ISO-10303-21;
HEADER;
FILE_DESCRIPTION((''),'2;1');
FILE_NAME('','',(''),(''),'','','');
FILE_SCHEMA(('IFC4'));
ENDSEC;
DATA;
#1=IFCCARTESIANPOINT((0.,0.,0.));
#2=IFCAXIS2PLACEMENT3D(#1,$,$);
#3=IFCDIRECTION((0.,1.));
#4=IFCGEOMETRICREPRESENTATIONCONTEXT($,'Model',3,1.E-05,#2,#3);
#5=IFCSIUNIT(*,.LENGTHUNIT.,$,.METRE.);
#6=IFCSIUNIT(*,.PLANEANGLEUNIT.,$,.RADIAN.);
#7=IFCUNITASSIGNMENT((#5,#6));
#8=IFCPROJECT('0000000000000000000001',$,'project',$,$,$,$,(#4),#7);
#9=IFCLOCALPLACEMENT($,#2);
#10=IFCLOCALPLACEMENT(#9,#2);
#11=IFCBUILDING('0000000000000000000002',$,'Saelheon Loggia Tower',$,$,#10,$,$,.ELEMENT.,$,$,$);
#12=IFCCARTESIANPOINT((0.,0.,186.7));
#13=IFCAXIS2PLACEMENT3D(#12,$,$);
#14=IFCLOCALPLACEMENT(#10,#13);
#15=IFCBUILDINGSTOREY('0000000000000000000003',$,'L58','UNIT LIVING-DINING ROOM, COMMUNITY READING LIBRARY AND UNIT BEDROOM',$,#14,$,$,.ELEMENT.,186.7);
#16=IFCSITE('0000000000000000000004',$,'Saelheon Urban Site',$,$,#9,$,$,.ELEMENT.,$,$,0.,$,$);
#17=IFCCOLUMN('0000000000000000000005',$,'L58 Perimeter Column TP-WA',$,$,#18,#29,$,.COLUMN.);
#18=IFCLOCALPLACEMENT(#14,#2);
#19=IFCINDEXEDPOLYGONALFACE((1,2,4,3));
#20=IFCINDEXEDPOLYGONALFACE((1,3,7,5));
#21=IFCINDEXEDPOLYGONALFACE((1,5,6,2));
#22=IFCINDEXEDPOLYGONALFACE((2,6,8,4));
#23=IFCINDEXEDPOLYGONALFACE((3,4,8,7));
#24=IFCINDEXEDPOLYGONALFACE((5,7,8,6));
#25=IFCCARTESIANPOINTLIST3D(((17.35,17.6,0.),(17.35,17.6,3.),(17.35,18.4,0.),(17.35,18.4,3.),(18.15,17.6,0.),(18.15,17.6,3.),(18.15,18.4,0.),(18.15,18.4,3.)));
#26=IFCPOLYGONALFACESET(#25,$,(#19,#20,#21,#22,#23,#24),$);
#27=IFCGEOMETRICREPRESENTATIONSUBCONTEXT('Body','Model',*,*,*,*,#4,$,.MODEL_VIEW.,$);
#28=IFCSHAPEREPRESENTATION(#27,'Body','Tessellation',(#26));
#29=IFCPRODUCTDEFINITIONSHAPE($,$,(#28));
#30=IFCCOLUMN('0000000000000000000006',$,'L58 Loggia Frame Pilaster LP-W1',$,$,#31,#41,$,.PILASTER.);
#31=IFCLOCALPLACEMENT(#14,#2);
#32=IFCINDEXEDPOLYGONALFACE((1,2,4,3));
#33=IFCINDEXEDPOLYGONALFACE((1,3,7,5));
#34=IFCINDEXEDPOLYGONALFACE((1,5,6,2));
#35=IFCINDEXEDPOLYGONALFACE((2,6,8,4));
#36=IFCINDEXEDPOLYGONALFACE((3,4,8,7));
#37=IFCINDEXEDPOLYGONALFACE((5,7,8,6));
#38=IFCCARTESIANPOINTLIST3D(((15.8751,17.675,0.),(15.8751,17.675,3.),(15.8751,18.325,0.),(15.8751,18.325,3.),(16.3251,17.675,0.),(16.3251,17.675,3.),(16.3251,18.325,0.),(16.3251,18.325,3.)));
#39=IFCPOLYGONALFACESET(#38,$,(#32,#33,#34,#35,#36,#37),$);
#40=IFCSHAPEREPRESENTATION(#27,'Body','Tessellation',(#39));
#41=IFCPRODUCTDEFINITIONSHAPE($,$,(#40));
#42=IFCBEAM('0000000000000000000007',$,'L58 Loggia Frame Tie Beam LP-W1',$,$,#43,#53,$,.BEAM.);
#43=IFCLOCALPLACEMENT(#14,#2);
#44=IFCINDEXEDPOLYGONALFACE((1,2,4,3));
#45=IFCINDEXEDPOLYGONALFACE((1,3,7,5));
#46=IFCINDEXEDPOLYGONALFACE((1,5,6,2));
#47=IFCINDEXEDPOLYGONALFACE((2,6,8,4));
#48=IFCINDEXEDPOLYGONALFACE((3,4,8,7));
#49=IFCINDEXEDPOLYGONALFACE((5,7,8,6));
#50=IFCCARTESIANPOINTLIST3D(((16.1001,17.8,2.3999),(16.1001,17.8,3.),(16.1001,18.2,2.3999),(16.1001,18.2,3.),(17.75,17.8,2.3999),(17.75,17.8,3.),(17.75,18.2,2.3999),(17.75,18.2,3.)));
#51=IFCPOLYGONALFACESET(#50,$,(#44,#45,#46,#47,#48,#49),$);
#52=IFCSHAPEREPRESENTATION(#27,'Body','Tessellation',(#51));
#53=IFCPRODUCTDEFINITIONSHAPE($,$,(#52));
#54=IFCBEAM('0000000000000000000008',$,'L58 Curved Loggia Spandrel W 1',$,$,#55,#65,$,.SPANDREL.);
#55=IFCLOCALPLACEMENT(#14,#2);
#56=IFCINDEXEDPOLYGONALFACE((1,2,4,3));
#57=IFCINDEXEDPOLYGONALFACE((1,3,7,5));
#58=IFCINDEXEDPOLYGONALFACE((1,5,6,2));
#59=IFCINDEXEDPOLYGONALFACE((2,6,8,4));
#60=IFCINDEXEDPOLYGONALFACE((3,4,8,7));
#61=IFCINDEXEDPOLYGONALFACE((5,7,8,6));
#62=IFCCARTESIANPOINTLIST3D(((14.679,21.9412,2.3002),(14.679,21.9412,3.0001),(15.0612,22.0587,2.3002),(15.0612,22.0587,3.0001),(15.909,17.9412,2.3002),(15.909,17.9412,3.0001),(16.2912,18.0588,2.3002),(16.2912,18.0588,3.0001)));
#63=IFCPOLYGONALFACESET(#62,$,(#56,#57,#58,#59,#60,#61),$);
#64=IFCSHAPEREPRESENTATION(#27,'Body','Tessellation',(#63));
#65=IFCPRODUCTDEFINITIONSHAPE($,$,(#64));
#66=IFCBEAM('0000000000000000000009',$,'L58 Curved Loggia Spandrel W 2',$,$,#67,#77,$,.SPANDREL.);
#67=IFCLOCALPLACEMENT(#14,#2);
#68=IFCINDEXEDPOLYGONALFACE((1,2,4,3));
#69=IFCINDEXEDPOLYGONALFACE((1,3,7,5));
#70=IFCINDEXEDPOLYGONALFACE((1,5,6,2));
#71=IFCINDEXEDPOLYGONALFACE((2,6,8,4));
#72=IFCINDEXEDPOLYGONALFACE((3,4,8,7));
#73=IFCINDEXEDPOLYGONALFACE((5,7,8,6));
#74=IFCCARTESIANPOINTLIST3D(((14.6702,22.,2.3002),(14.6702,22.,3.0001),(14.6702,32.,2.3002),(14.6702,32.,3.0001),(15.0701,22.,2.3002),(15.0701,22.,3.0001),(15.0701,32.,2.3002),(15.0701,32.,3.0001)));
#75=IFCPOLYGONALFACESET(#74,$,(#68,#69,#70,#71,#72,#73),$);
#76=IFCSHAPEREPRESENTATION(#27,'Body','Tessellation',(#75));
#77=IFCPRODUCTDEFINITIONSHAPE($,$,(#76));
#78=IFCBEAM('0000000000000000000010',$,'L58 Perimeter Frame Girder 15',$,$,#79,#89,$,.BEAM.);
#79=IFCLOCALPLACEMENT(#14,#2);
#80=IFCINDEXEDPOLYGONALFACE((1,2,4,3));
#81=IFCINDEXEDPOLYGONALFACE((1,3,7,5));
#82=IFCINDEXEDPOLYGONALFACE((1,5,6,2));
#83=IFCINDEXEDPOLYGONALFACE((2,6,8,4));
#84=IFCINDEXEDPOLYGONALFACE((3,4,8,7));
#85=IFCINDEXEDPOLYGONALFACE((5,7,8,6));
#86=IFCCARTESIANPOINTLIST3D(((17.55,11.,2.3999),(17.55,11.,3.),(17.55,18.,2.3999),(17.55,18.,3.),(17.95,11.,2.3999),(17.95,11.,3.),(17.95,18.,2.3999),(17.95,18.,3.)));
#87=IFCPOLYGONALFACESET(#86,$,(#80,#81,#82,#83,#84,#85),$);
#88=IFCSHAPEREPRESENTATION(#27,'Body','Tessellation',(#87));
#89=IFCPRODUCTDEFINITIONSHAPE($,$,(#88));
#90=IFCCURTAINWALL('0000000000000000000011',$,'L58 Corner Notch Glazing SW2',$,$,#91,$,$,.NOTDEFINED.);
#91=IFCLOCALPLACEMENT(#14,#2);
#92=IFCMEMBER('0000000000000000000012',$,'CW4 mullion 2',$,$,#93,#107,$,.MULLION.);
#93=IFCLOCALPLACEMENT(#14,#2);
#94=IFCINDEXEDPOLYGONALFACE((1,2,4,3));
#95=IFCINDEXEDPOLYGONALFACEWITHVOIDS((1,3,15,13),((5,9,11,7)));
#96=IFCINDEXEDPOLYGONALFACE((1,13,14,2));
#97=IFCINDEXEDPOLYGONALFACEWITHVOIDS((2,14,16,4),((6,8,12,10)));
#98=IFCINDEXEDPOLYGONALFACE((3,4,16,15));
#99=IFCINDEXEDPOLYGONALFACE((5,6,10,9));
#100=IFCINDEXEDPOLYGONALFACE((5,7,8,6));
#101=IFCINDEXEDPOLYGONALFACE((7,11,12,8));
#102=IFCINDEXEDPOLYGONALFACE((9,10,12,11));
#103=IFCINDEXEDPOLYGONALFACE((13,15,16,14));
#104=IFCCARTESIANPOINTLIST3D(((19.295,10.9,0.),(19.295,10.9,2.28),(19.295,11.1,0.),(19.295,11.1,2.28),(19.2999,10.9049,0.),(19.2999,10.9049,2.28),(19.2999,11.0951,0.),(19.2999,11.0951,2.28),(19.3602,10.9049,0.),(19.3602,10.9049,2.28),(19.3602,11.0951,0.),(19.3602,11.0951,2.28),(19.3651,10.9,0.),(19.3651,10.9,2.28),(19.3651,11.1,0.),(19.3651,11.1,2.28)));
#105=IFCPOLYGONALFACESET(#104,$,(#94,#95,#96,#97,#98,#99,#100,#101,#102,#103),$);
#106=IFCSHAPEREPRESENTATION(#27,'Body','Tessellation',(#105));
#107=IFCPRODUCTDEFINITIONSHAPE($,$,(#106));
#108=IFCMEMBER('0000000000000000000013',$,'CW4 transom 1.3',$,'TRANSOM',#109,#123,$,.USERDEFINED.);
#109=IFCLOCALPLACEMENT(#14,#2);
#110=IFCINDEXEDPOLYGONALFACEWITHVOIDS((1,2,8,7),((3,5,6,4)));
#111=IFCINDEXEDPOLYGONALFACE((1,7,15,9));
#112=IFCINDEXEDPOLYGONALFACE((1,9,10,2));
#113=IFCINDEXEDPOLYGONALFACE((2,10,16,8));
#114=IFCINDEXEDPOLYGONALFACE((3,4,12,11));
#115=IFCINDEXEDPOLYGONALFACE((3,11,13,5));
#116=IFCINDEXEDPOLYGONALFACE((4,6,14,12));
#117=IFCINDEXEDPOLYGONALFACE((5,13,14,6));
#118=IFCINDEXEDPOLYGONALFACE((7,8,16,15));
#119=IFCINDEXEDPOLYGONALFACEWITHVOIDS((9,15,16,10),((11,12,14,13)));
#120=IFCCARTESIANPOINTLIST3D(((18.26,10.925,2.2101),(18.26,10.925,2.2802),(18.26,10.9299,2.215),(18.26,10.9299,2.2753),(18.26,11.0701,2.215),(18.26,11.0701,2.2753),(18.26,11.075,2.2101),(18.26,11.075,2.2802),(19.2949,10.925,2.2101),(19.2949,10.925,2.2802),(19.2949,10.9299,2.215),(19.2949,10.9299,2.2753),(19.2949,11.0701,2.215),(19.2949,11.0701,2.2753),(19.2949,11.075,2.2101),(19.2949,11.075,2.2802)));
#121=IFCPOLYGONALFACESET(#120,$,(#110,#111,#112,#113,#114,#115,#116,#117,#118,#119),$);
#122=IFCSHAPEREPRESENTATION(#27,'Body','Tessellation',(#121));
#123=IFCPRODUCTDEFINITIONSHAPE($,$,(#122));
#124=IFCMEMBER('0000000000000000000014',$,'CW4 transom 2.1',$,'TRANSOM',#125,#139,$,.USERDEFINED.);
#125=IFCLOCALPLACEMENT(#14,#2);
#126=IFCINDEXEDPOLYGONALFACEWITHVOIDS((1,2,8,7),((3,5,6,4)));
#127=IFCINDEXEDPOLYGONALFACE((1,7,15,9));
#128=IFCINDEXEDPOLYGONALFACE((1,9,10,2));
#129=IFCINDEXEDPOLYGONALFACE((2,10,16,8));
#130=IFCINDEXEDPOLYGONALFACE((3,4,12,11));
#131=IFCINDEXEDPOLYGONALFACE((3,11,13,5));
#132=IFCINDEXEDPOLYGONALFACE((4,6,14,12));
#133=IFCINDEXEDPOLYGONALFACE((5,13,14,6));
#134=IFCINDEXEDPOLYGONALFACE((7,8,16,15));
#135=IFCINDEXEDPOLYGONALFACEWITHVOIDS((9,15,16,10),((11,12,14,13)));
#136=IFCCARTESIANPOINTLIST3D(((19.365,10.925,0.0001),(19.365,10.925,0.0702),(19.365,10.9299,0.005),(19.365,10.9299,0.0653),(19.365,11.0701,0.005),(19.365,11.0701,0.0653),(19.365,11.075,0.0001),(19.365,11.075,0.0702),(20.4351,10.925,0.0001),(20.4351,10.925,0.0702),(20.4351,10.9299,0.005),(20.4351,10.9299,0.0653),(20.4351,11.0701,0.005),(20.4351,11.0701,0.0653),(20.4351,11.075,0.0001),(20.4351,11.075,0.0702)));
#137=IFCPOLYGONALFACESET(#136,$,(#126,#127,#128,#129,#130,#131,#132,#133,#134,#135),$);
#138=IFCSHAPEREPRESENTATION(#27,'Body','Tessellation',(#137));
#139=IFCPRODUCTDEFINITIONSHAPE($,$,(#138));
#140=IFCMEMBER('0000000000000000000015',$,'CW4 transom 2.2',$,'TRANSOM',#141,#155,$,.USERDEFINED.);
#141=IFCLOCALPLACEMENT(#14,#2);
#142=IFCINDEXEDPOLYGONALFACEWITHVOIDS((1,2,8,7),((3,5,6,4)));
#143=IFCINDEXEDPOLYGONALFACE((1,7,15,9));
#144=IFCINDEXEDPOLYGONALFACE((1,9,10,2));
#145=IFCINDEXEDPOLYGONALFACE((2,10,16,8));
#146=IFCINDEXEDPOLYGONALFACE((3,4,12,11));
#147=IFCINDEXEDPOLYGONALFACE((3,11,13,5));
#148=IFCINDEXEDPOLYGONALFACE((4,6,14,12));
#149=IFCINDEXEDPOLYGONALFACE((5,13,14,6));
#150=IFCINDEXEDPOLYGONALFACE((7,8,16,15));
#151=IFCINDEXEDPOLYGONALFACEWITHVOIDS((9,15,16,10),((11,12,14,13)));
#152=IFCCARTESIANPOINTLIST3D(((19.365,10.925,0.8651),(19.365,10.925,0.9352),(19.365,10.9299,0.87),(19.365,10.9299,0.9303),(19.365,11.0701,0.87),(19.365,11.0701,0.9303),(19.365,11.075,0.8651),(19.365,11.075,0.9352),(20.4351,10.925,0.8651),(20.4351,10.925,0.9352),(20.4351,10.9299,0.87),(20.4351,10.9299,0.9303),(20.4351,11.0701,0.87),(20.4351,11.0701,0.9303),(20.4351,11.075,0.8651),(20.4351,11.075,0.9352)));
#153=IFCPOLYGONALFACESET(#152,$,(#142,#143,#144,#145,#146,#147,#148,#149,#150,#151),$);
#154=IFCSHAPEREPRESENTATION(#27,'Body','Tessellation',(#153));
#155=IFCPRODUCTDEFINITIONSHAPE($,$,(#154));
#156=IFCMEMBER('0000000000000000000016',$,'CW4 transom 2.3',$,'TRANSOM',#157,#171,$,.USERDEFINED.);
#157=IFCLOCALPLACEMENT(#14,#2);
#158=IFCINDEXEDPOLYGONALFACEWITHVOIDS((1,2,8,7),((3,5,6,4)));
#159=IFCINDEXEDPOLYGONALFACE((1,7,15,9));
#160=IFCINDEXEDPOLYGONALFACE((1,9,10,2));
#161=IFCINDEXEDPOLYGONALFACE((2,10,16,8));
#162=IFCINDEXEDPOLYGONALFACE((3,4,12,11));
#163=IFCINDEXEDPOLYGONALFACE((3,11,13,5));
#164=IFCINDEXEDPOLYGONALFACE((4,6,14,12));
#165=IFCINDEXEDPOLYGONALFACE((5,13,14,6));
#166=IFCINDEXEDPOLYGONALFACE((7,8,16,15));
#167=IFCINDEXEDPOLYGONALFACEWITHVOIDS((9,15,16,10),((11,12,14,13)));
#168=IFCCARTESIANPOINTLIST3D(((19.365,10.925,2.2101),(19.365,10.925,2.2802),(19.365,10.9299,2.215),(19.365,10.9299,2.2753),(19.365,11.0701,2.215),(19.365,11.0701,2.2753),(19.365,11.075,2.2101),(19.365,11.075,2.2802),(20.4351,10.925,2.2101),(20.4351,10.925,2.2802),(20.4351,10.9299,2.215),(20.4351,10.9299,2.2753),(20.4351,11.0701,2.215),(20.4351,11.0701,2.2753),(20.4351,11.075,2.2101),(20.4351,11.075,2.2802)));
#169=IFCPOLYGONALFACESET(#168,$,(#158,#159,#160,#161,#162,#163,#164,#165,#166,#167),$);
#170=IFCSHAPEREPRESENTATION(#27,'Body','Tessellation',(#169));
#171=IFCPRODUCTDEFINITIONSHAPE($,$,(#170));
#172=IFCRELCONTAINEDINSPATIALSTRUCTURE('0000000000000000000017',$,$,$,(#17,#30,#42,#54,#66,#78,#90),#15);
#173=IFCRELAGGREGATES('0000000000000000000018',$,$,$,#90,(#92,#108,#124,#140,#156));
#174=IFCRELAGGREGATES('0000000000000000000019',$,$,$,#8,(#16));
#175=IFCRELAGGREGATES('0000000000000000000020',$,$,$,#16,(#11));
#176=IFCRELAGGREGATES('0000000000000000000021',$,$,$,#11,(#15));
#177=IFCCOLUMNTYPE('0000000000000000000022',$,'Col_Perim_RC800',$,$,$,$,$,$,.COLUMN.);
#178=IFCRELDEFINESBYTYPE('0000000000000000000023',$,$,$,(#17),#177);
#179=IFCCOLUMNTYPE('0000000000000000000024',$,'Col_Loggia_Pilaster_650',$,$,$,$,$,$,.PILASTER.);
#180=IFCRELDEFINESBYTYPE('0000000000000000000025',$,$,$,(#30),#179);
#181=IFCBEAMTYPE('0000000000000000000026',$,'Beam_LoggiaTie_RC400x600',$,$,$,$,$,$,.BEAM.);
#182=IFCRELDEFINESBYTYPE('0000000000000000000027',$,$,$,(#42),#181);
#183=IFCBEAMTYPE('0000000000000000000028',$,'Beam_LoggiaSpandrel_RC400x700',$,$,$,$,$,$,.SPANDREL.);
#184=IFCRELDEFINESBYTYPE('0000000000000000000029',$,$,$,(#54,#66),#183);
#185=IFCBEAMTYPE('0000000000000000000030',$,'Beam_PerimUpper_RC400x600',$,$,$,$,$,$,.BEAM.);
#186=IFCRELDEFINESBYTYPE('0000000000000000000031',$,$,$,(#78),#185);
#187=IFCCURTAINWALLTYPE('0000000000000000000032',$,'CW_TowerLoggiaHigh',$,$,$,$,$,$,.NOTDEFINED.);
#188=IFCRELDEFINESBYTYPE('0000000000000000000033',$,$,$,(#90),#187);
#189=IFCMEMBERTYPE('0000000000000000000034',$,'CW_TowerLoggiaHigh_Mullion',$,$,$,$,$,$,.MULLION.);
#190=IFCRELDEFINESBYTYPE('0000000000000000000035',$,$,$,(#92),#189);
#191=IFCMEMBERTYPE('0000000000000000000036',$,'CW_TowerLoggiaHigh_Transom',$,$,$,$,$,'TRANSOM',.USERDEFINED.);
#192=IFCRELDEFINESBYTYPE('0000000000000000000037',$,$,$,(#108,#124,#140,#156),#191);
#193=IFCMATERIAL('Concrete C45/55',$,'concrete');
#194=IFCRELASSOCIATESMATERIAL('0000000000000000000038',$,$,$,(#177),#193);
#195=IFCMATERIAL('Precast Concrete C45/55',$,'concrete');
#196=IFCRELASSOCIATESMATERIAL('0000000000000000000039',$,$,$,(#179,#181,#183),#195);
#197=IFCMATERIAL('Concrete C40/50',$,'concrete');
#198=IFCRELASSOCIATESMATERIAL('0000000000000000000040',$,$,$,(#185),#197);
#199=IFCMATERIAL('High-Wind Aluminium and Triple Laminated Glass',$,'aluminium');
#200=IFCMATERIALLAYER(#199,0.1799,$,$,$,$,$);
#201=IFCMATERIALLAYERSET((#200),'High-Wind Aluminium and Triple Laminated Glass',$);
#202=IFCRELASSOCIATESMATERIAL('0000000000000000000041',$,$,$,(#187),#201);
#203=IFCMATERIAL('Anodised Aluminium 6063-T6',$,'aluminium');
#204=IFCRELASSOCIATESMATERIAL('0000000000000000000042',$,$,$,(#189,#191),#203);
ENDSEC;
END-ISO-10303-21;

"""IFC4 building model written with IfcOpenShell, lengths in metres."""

from ifc_helpers import new_model, si_unit, direction, frame, origin, origin_2d, place, context, subcontext, project, spatial, rectangle, hollow_rectangle, extrude, source, transform, mapped, material, layer, layer_set, material_profile, profile_set, type_object, element, aggregate, save


model = new_model("IFC4")

# Units and contexts
model_context = context("Model", 3, precision=1e-05, world=origin(), true_north=direction((0.0, 1.0)))
body_context = subcontext(model_context, "Body", "Model", "MODEL_VIEW")
ifc_project = project(units=[si_unit("LENGTHUNIT", "METRE"), si_unit("PLANEANGLEUNIT", "RADIAN")], contexts=[model_context])

# Site, building, storey
site_placement = place(None, origin())
site = spatial("IfcSite", under=ifc_project, at=site_placement, Name="Saelheon Urban Site", CompositionType="ELEMENT", RefElevation=0.0)
building_placement = place(site_placement, origin())
building = spatial("IfcBuilding", under=site, at=building_placement, Name="Saelheon Loggia Tower", CompositionType="ELEMENT")
storey_placement = place(building_placement, frame((0.0, 0.0, 186.7)))
storey = spatial("IfcBuildingStorey", under=building, at=storey_placement, Name="L58", Description="UNIT LIVING-DINING ROOM, COMMUNITY READING LIBRARY AND UNIT BEDROOM", CompositionType="ELEMENT", Elevation=186.7)

# Columns
ifc_material_1 = material(Name="Concrete C45/55", Category="concrete")
ifc_material_profile_1 = material_profile(ifc_material_1, rectangle(XDim=0.8, YDim=0.8, at=origin_2d()), Name="RC-800x800")
ifc_profile_set_1 = profile_set([ifc_material_profile_1], Name="Concrete C45/55")
column_type_1 = type_object("IfcColumnType", Name="Col_Perim_RC800", PredefinedType="COLUMN", material=ifc_profile_set_1)
shared_shape_1 = source(origin(), body_context, "Body", "SweptSolid", [
    extrude(rectangle(XDim=0.8, YDim=0.8, at=origin_2d()), origin(), (0.0, 0.0, 1.0), 3.0),
])
column_1_placement = place(storey_placement, frame((17.75, 18.0, 0.0), z_axis=(0.0, 0.0, 1.0), x_axis=(1.0, 0.0, 0.0)))
element("IfcColumn", 1, at=column_1_placement, inside=storey, type_object=column_type_1, Name="L58 Perimeter Column TP-WA", PredefinedType="COLUMN", context=body_context, shape_type="MappedRepresentation", body=[
    mapped(shared_shape_1, transform((0.0, 0.0, 0.0), scale=1.0)),
])
ifc_material_2 = material(Name="Precast Concrete C45/55", Category="concrete")
ifc_material_profile_2 = material_profile(ifc_material_2, rectangle(XDim=0.45, YDim=0.6499, at=origin_2d()), Name="RC-450x650")
ifc_profile_set_2 = profile_set([ifc_material_profile_2], Name="Precast Concrete C45/55")
column_type_2 = type_object("IfcColumnType", Name="Col_Loggia_Pilaster_650", PredefinedType="PILASTER", material=ifc_profile_set_2)
shared_shape_2 = source(origin(), body_context, "Body", "SweptSolid", [
    extrude(rectangle(XDim=0.45, YDim=0.6499, at=origin_2d()), origin(), (0.0, 0.0, 1.0), 3.0),
])
column_2_placement = place(storey_placement, frame((16.1001, 18.0, 0.0), z_axis=(0.0, 0.0, 1.0), x_axis=(1.0, 0.0, 0.0)))
element("IfcColumn", 2, at=column_2_placement, inside=storey, type_object=column_type_2, Name="L58 Loggia Frame Pilaster LP-W1", PredefinedType="PILASTER", context=body_context, shape_type="MappedRepresentation", body=[
    mapped(shared_shape_2, transform((0.0, 0.0, 0.0), scale=1.0)),
])

# Beams
ifc_material_profile_3 = material_profile(ifc_material_2, rectangle(XDim=0.3999, YDim=0.6001, at=origin_2d()), Name="RC-400x600")
ifc_profile_set_3 = profile_set([ifc_material_profile_3], Name="Precast Concrete C45/55")
beam_type_1 = type_object("IfcBeamType", Name="Beam_LoggiaTie_RC400x600", PredefinedType="BEAM", material=ifc_profile_set_3)
shared_shape_3 = source(origin(), body_context, "Body", "SweptSolid", [
    extrude(rectangle(XDim=0.3999, YDim=0.6001, at=origin_2d()), origin(), (0.0, 0.0, 1.0), 1.6499),
])
beam_1_placement = place(storey_placement, frame((17.75, 18.0, 2.7), z_axis=(-1.0, 0.0, 0.0), x_axis=(0.0, -1.0, 0.0)))
element("IfcBeam", 3, at=beam_1_placement, inside=storey, type_object=beam_type_1, Name="L58 Loggia Frame Tie Beam LP-W1", PredefinedType="BEAM", context=body_context, shape_type="MappedRepresentation", body=[
    mapped(shared_shape_3, transform((0.0, 0.0, 0.0), scale=1.0)),
])
ifc_material_profile_4 = material_profile(ifc_material_2, rectangle(XDim=0.3999, YDim=0.7, at=origin_2d()), Name="RC-400x700")
ifc_profile_set_4 = profile_set([ifc_material_profile_4], Name="Precast Concrete C45/55")
beam_type_2 = type_object("IfcBeamType", Name="Beam_LoggiaSpandrel_RC400x700", PredefinedType="SPANDREL", material=ifc_profile_set_4)
shared_shape_4 = source(origin(), body_context, "Body", "SweptSolid", [
    extrude(rectangle(XDim=0.3999, YDim=0.7, at=origin_2d()), origin(), (0.0, 0.0, 1.0), 4.1848),
])
beam_2_placement = place(storey_placement, frame((16.1001, 18.0, 2.6501), z_axis=(-0.293914, 0.955832, 0.0), x_axis=(-0.955832, -0.293914, 0.0)))
element("IfcBeam", 4, at=beam_2_placement, inside=storey, type_object=beam_type_2, Name="L58 Curved Loggia Spandrel W 1", PredefinedType="SPANDREL", context=body_context, shape_type="MappedRepresentation", body=[
    mapped(shared_shape_4, transform((0.0, 0.0, 0.0), scale=1.0)),
])
shared_shape_5 = source(origin(), body_context, "Body", "SweptSolid", [
    extrude(rectangle(XDim=0.3999, YDim=0.7, at=origin_2d()), origin(), (0.0, 0.0, 1.0), 10.0),
])
beam_3_placement = place(storey_placement, frame((14.8701, 22.0, 2.6501), z_axis=(0.0, 1.0, 0.0), x_axis=(-1.0, 0.0, 0.0)))
element("IfcBeam", 5, at=beam_3_placement, inside=storey, type_object=beam_type_2, Name="L58 Curved Loggia Spandrel W 2", PredefinedType="SPANDREL", context=body_context, shape_type="MappedRepresentation", body=[
    mapped(shared_shape_5, transform((0.0, 0.0, 0.0), scale=1.0)),
])
ifc_material_3 = material(Name="Concrete C40/50", Category="concrete")
ifc_material_profile_5 = material_profile(ifc_material_3, rectangle(XDim=0.3999, YDim=0.6001, at=origin_2d()), Name="RC-400x600")
ifc_profile_set_5 = profile_set([ifc_material_profile_5], Name="Concrete C40/50")
beam_type_3 = type_object("IfcBeamType", Name="Beam_PerimUpper_RC400x600", PredefinedType="BEAM", material=ifc_profile_set_5)
shared_shape_6 = source(origin(), body_context, "Body", "SweptSolid", [
    extrude(rectangle(XDim=0.3999, YDim=0.6001, at=origin_2d()), origin(), (0.0, 0.0, 1.0), 7.0),
])
beam_4_placement = place(storey_placement, frame((17.75, 18.0, 2.7), z_axis=(0.0, -1.0, 0.0), x_axis=(1.0, 0.0, 0.0)))
element("IfcBeam", 6, at=beam_4_placement, inside=storey, type_object=beam_type_3, Name="L58 Perimeter Frame Girder 15", PredefinedType="BEAM", context=body_context, shape_type="MappedRepresentation", body=[
    mapped(shared_shape_6, transform((0.0, 0.0, 0.0), scale=1.0)),
])

# Curtain wall, members
ifc_material_4 = material(Name="High-Wind Aluminium and Triple Laminated Glass", Category="aluminium")
ifc_layer_1 = layer(ifc_material_4, 0.1799)
ifc_layer_set_1 = layer_set([ifc_layer_1], Name="High-Wind Aluminium and Triple Laminated Glass")
curtain_wall_type = type_object("IfcCurtainWallType", Name="CW_TowerLoggiaHigh", PredefinedType="NOTDEFINED", material=ifc_layer_set_1)
curtain_wall_placement = place(storey_placement, origin())
curtain_wall = element("IfcCurtainWall", 7, at=curtain_wall_placement, inside=storey, type_object=curtain_wall_type, Name="L58 Corner Notch Glazing SW2", PredefinedType="NOTDEFINED")
ifc_material_5 = material(Name="Anodised Aluminium 6063-T6", Category="aluminium")
ifc_material_profile_6 = material_profile(ifc_material_5, hollow_rectangle(XDim=0.0701, YDim=0.2, WallThickness=0.0049, at=origin_2d()), Name="RHS-200x70x5")
ifc_profile_set_6 = profile_set([ifc_material_profile_6], Name="Anodised Aluminium 6063-T6")
member_type_1 = type_object("IfcMemberType", Name="CW_TowerLoggiaHigh_Mullion", PredefinedType="MULLION", material=ifc_profile_set_6)
shared_shape_7 = source(origin(), body_context, "Body", "SweptSolid", [
    extrude(hollow_rectangle(XDim=0.0701, YDim=0.2, WallThickness=0.0049, at=origin_2d()), origin(), (0.0, 0.0, 1.0), 2.28),
])
member_1_placement = place(storey_placement, frame((19.3301, 11.0, 0.0), z_axis=(0.0, 0.0, 1.0), x_axis=(1.0, 0.0, 0.0)))
member_1 = element("IfcMember", 8, at=member_1_placement, type_object=member_type_1, Name="CW4 mullion 2", PredefinedType="MULLION", context=body_context, shape_type="MappedRepresentation", body=[
    mapped(shared_shape_7, transform((0.0, 0.0, 0.0), scale=1.0)),
])
ifc_material_profile_7 = material_profile(ifc_material_5, hollow_rectangle(XDim=0.0701, YDim=0.1499, WallThickness=0.0049, at=origin_2d()), Name="RHS-150x70x5")
ifc_profile_set_7 = profile_set([ifc_material_profile_7], Name="Anodised Aluminium 6063-T6")
member_type_2 = type_object("IfcMemberType", Name="CW_TowerLoggiaHigh_Transom", ElementType="TRANSOM", PredefinedType="USERDEFINED", material=ifc_profile_set_7)
shared_shape_8 = source(origin(), body_context, "Body", "SweptSolid", [
    extrude(hollow_rectangle(XDim=0.0701, YDim=0.1499, WallThickness=0.0049, at=origin_2d()), origin(), (0.0, 0.0, 1.0), 1.0349),
])
member_2_placement = place(storey_placement, frame((18.26, 11.0, 2.2451), z_axis=(1.0, 0.0, 0.0), x_axis=(0.0, 0.0, 1.0)))
member_2 = element("IfcMember", 9, at=member_2_placement, type_object=member_type_2, Name="CW4 transom 1.3", ObjectType="TRANSOM", PredefinedType="USERDEFINED", context=body_context, shape_type="MappedRepresentation", body=[
    mapped(shared_shape_8, transform((0.0, 0.0, 0.0), scale=1.0)),
])
shared_shape_9 = source(origin(), body_context, "Body", "SweptSolid", [
    extrude(hollow_rectangle(XDim=0.0701, YDim=0.1499, WallThickness=0.0049, at=origin_2d()), origin(), (0.0, 0.0, 1.0), 1.0701),
])
member_3_placement = place(storey_placement, frame((19.365, 11.0, 0.0352), z_axis=(1.0, 0.0, 0.0), x_axis=(0.0, 0.0, 1.0)))
member_3 = element("IfcMember", 10, at=member_3_placement, type_object=member_type_2, Name="CW4 transom 2.1", ObjectType="TRANSOM", PredefinedType="USERDEFINED", context=body_context, shape_type="MappedRepresentation", body=[
    mapped(shared_shape_9, transform((0.0, 0.0, 0.0), scale=1.0)),
])
member_4_placement = place(storey_placement, frame((19.365, 11.0, 0.9001), z_axis=(1.0, 0.0, 0.0), x_axis=(0.0, 0.0, 1.0)))
member_4 = element("IfcMember", 11, at=member_4_placement, type_object=member_type_2, Name="CW4 transom 2.2", ObjectType="TRANSOM", PredefinedType="USERDEFINED", context=body_context, shape_type="MappedRepresentation", body=[
    mapped(shared_shape_9, transform((0.0, 0.0, 0.0), scale=1.0)),
])
member_5_placement = place(storey_placement, frame((19.365, 11.0, 2.2451), z_axis=(1.0, 0.0, 0.0), x_axis=(0.0, 0.0, 1.0)))
member_5 = element("IfcMember", 12, at=member_5_placement, type_object=member_type_2, Name="CW4 transom 2.3", ObjectType="TRANSOM", PredefinedType="USERDEFINED", context=body_context, shape_type="MappedRepresentation", body=[
    mapped(shared_shape_9, transform((0.0, 0.0, 0.0), scale=1.0)),
])
aggregate(curtain_wall, [member_1, member_2, member_3, member_4, member_5])

save(model, "model.ifc")
